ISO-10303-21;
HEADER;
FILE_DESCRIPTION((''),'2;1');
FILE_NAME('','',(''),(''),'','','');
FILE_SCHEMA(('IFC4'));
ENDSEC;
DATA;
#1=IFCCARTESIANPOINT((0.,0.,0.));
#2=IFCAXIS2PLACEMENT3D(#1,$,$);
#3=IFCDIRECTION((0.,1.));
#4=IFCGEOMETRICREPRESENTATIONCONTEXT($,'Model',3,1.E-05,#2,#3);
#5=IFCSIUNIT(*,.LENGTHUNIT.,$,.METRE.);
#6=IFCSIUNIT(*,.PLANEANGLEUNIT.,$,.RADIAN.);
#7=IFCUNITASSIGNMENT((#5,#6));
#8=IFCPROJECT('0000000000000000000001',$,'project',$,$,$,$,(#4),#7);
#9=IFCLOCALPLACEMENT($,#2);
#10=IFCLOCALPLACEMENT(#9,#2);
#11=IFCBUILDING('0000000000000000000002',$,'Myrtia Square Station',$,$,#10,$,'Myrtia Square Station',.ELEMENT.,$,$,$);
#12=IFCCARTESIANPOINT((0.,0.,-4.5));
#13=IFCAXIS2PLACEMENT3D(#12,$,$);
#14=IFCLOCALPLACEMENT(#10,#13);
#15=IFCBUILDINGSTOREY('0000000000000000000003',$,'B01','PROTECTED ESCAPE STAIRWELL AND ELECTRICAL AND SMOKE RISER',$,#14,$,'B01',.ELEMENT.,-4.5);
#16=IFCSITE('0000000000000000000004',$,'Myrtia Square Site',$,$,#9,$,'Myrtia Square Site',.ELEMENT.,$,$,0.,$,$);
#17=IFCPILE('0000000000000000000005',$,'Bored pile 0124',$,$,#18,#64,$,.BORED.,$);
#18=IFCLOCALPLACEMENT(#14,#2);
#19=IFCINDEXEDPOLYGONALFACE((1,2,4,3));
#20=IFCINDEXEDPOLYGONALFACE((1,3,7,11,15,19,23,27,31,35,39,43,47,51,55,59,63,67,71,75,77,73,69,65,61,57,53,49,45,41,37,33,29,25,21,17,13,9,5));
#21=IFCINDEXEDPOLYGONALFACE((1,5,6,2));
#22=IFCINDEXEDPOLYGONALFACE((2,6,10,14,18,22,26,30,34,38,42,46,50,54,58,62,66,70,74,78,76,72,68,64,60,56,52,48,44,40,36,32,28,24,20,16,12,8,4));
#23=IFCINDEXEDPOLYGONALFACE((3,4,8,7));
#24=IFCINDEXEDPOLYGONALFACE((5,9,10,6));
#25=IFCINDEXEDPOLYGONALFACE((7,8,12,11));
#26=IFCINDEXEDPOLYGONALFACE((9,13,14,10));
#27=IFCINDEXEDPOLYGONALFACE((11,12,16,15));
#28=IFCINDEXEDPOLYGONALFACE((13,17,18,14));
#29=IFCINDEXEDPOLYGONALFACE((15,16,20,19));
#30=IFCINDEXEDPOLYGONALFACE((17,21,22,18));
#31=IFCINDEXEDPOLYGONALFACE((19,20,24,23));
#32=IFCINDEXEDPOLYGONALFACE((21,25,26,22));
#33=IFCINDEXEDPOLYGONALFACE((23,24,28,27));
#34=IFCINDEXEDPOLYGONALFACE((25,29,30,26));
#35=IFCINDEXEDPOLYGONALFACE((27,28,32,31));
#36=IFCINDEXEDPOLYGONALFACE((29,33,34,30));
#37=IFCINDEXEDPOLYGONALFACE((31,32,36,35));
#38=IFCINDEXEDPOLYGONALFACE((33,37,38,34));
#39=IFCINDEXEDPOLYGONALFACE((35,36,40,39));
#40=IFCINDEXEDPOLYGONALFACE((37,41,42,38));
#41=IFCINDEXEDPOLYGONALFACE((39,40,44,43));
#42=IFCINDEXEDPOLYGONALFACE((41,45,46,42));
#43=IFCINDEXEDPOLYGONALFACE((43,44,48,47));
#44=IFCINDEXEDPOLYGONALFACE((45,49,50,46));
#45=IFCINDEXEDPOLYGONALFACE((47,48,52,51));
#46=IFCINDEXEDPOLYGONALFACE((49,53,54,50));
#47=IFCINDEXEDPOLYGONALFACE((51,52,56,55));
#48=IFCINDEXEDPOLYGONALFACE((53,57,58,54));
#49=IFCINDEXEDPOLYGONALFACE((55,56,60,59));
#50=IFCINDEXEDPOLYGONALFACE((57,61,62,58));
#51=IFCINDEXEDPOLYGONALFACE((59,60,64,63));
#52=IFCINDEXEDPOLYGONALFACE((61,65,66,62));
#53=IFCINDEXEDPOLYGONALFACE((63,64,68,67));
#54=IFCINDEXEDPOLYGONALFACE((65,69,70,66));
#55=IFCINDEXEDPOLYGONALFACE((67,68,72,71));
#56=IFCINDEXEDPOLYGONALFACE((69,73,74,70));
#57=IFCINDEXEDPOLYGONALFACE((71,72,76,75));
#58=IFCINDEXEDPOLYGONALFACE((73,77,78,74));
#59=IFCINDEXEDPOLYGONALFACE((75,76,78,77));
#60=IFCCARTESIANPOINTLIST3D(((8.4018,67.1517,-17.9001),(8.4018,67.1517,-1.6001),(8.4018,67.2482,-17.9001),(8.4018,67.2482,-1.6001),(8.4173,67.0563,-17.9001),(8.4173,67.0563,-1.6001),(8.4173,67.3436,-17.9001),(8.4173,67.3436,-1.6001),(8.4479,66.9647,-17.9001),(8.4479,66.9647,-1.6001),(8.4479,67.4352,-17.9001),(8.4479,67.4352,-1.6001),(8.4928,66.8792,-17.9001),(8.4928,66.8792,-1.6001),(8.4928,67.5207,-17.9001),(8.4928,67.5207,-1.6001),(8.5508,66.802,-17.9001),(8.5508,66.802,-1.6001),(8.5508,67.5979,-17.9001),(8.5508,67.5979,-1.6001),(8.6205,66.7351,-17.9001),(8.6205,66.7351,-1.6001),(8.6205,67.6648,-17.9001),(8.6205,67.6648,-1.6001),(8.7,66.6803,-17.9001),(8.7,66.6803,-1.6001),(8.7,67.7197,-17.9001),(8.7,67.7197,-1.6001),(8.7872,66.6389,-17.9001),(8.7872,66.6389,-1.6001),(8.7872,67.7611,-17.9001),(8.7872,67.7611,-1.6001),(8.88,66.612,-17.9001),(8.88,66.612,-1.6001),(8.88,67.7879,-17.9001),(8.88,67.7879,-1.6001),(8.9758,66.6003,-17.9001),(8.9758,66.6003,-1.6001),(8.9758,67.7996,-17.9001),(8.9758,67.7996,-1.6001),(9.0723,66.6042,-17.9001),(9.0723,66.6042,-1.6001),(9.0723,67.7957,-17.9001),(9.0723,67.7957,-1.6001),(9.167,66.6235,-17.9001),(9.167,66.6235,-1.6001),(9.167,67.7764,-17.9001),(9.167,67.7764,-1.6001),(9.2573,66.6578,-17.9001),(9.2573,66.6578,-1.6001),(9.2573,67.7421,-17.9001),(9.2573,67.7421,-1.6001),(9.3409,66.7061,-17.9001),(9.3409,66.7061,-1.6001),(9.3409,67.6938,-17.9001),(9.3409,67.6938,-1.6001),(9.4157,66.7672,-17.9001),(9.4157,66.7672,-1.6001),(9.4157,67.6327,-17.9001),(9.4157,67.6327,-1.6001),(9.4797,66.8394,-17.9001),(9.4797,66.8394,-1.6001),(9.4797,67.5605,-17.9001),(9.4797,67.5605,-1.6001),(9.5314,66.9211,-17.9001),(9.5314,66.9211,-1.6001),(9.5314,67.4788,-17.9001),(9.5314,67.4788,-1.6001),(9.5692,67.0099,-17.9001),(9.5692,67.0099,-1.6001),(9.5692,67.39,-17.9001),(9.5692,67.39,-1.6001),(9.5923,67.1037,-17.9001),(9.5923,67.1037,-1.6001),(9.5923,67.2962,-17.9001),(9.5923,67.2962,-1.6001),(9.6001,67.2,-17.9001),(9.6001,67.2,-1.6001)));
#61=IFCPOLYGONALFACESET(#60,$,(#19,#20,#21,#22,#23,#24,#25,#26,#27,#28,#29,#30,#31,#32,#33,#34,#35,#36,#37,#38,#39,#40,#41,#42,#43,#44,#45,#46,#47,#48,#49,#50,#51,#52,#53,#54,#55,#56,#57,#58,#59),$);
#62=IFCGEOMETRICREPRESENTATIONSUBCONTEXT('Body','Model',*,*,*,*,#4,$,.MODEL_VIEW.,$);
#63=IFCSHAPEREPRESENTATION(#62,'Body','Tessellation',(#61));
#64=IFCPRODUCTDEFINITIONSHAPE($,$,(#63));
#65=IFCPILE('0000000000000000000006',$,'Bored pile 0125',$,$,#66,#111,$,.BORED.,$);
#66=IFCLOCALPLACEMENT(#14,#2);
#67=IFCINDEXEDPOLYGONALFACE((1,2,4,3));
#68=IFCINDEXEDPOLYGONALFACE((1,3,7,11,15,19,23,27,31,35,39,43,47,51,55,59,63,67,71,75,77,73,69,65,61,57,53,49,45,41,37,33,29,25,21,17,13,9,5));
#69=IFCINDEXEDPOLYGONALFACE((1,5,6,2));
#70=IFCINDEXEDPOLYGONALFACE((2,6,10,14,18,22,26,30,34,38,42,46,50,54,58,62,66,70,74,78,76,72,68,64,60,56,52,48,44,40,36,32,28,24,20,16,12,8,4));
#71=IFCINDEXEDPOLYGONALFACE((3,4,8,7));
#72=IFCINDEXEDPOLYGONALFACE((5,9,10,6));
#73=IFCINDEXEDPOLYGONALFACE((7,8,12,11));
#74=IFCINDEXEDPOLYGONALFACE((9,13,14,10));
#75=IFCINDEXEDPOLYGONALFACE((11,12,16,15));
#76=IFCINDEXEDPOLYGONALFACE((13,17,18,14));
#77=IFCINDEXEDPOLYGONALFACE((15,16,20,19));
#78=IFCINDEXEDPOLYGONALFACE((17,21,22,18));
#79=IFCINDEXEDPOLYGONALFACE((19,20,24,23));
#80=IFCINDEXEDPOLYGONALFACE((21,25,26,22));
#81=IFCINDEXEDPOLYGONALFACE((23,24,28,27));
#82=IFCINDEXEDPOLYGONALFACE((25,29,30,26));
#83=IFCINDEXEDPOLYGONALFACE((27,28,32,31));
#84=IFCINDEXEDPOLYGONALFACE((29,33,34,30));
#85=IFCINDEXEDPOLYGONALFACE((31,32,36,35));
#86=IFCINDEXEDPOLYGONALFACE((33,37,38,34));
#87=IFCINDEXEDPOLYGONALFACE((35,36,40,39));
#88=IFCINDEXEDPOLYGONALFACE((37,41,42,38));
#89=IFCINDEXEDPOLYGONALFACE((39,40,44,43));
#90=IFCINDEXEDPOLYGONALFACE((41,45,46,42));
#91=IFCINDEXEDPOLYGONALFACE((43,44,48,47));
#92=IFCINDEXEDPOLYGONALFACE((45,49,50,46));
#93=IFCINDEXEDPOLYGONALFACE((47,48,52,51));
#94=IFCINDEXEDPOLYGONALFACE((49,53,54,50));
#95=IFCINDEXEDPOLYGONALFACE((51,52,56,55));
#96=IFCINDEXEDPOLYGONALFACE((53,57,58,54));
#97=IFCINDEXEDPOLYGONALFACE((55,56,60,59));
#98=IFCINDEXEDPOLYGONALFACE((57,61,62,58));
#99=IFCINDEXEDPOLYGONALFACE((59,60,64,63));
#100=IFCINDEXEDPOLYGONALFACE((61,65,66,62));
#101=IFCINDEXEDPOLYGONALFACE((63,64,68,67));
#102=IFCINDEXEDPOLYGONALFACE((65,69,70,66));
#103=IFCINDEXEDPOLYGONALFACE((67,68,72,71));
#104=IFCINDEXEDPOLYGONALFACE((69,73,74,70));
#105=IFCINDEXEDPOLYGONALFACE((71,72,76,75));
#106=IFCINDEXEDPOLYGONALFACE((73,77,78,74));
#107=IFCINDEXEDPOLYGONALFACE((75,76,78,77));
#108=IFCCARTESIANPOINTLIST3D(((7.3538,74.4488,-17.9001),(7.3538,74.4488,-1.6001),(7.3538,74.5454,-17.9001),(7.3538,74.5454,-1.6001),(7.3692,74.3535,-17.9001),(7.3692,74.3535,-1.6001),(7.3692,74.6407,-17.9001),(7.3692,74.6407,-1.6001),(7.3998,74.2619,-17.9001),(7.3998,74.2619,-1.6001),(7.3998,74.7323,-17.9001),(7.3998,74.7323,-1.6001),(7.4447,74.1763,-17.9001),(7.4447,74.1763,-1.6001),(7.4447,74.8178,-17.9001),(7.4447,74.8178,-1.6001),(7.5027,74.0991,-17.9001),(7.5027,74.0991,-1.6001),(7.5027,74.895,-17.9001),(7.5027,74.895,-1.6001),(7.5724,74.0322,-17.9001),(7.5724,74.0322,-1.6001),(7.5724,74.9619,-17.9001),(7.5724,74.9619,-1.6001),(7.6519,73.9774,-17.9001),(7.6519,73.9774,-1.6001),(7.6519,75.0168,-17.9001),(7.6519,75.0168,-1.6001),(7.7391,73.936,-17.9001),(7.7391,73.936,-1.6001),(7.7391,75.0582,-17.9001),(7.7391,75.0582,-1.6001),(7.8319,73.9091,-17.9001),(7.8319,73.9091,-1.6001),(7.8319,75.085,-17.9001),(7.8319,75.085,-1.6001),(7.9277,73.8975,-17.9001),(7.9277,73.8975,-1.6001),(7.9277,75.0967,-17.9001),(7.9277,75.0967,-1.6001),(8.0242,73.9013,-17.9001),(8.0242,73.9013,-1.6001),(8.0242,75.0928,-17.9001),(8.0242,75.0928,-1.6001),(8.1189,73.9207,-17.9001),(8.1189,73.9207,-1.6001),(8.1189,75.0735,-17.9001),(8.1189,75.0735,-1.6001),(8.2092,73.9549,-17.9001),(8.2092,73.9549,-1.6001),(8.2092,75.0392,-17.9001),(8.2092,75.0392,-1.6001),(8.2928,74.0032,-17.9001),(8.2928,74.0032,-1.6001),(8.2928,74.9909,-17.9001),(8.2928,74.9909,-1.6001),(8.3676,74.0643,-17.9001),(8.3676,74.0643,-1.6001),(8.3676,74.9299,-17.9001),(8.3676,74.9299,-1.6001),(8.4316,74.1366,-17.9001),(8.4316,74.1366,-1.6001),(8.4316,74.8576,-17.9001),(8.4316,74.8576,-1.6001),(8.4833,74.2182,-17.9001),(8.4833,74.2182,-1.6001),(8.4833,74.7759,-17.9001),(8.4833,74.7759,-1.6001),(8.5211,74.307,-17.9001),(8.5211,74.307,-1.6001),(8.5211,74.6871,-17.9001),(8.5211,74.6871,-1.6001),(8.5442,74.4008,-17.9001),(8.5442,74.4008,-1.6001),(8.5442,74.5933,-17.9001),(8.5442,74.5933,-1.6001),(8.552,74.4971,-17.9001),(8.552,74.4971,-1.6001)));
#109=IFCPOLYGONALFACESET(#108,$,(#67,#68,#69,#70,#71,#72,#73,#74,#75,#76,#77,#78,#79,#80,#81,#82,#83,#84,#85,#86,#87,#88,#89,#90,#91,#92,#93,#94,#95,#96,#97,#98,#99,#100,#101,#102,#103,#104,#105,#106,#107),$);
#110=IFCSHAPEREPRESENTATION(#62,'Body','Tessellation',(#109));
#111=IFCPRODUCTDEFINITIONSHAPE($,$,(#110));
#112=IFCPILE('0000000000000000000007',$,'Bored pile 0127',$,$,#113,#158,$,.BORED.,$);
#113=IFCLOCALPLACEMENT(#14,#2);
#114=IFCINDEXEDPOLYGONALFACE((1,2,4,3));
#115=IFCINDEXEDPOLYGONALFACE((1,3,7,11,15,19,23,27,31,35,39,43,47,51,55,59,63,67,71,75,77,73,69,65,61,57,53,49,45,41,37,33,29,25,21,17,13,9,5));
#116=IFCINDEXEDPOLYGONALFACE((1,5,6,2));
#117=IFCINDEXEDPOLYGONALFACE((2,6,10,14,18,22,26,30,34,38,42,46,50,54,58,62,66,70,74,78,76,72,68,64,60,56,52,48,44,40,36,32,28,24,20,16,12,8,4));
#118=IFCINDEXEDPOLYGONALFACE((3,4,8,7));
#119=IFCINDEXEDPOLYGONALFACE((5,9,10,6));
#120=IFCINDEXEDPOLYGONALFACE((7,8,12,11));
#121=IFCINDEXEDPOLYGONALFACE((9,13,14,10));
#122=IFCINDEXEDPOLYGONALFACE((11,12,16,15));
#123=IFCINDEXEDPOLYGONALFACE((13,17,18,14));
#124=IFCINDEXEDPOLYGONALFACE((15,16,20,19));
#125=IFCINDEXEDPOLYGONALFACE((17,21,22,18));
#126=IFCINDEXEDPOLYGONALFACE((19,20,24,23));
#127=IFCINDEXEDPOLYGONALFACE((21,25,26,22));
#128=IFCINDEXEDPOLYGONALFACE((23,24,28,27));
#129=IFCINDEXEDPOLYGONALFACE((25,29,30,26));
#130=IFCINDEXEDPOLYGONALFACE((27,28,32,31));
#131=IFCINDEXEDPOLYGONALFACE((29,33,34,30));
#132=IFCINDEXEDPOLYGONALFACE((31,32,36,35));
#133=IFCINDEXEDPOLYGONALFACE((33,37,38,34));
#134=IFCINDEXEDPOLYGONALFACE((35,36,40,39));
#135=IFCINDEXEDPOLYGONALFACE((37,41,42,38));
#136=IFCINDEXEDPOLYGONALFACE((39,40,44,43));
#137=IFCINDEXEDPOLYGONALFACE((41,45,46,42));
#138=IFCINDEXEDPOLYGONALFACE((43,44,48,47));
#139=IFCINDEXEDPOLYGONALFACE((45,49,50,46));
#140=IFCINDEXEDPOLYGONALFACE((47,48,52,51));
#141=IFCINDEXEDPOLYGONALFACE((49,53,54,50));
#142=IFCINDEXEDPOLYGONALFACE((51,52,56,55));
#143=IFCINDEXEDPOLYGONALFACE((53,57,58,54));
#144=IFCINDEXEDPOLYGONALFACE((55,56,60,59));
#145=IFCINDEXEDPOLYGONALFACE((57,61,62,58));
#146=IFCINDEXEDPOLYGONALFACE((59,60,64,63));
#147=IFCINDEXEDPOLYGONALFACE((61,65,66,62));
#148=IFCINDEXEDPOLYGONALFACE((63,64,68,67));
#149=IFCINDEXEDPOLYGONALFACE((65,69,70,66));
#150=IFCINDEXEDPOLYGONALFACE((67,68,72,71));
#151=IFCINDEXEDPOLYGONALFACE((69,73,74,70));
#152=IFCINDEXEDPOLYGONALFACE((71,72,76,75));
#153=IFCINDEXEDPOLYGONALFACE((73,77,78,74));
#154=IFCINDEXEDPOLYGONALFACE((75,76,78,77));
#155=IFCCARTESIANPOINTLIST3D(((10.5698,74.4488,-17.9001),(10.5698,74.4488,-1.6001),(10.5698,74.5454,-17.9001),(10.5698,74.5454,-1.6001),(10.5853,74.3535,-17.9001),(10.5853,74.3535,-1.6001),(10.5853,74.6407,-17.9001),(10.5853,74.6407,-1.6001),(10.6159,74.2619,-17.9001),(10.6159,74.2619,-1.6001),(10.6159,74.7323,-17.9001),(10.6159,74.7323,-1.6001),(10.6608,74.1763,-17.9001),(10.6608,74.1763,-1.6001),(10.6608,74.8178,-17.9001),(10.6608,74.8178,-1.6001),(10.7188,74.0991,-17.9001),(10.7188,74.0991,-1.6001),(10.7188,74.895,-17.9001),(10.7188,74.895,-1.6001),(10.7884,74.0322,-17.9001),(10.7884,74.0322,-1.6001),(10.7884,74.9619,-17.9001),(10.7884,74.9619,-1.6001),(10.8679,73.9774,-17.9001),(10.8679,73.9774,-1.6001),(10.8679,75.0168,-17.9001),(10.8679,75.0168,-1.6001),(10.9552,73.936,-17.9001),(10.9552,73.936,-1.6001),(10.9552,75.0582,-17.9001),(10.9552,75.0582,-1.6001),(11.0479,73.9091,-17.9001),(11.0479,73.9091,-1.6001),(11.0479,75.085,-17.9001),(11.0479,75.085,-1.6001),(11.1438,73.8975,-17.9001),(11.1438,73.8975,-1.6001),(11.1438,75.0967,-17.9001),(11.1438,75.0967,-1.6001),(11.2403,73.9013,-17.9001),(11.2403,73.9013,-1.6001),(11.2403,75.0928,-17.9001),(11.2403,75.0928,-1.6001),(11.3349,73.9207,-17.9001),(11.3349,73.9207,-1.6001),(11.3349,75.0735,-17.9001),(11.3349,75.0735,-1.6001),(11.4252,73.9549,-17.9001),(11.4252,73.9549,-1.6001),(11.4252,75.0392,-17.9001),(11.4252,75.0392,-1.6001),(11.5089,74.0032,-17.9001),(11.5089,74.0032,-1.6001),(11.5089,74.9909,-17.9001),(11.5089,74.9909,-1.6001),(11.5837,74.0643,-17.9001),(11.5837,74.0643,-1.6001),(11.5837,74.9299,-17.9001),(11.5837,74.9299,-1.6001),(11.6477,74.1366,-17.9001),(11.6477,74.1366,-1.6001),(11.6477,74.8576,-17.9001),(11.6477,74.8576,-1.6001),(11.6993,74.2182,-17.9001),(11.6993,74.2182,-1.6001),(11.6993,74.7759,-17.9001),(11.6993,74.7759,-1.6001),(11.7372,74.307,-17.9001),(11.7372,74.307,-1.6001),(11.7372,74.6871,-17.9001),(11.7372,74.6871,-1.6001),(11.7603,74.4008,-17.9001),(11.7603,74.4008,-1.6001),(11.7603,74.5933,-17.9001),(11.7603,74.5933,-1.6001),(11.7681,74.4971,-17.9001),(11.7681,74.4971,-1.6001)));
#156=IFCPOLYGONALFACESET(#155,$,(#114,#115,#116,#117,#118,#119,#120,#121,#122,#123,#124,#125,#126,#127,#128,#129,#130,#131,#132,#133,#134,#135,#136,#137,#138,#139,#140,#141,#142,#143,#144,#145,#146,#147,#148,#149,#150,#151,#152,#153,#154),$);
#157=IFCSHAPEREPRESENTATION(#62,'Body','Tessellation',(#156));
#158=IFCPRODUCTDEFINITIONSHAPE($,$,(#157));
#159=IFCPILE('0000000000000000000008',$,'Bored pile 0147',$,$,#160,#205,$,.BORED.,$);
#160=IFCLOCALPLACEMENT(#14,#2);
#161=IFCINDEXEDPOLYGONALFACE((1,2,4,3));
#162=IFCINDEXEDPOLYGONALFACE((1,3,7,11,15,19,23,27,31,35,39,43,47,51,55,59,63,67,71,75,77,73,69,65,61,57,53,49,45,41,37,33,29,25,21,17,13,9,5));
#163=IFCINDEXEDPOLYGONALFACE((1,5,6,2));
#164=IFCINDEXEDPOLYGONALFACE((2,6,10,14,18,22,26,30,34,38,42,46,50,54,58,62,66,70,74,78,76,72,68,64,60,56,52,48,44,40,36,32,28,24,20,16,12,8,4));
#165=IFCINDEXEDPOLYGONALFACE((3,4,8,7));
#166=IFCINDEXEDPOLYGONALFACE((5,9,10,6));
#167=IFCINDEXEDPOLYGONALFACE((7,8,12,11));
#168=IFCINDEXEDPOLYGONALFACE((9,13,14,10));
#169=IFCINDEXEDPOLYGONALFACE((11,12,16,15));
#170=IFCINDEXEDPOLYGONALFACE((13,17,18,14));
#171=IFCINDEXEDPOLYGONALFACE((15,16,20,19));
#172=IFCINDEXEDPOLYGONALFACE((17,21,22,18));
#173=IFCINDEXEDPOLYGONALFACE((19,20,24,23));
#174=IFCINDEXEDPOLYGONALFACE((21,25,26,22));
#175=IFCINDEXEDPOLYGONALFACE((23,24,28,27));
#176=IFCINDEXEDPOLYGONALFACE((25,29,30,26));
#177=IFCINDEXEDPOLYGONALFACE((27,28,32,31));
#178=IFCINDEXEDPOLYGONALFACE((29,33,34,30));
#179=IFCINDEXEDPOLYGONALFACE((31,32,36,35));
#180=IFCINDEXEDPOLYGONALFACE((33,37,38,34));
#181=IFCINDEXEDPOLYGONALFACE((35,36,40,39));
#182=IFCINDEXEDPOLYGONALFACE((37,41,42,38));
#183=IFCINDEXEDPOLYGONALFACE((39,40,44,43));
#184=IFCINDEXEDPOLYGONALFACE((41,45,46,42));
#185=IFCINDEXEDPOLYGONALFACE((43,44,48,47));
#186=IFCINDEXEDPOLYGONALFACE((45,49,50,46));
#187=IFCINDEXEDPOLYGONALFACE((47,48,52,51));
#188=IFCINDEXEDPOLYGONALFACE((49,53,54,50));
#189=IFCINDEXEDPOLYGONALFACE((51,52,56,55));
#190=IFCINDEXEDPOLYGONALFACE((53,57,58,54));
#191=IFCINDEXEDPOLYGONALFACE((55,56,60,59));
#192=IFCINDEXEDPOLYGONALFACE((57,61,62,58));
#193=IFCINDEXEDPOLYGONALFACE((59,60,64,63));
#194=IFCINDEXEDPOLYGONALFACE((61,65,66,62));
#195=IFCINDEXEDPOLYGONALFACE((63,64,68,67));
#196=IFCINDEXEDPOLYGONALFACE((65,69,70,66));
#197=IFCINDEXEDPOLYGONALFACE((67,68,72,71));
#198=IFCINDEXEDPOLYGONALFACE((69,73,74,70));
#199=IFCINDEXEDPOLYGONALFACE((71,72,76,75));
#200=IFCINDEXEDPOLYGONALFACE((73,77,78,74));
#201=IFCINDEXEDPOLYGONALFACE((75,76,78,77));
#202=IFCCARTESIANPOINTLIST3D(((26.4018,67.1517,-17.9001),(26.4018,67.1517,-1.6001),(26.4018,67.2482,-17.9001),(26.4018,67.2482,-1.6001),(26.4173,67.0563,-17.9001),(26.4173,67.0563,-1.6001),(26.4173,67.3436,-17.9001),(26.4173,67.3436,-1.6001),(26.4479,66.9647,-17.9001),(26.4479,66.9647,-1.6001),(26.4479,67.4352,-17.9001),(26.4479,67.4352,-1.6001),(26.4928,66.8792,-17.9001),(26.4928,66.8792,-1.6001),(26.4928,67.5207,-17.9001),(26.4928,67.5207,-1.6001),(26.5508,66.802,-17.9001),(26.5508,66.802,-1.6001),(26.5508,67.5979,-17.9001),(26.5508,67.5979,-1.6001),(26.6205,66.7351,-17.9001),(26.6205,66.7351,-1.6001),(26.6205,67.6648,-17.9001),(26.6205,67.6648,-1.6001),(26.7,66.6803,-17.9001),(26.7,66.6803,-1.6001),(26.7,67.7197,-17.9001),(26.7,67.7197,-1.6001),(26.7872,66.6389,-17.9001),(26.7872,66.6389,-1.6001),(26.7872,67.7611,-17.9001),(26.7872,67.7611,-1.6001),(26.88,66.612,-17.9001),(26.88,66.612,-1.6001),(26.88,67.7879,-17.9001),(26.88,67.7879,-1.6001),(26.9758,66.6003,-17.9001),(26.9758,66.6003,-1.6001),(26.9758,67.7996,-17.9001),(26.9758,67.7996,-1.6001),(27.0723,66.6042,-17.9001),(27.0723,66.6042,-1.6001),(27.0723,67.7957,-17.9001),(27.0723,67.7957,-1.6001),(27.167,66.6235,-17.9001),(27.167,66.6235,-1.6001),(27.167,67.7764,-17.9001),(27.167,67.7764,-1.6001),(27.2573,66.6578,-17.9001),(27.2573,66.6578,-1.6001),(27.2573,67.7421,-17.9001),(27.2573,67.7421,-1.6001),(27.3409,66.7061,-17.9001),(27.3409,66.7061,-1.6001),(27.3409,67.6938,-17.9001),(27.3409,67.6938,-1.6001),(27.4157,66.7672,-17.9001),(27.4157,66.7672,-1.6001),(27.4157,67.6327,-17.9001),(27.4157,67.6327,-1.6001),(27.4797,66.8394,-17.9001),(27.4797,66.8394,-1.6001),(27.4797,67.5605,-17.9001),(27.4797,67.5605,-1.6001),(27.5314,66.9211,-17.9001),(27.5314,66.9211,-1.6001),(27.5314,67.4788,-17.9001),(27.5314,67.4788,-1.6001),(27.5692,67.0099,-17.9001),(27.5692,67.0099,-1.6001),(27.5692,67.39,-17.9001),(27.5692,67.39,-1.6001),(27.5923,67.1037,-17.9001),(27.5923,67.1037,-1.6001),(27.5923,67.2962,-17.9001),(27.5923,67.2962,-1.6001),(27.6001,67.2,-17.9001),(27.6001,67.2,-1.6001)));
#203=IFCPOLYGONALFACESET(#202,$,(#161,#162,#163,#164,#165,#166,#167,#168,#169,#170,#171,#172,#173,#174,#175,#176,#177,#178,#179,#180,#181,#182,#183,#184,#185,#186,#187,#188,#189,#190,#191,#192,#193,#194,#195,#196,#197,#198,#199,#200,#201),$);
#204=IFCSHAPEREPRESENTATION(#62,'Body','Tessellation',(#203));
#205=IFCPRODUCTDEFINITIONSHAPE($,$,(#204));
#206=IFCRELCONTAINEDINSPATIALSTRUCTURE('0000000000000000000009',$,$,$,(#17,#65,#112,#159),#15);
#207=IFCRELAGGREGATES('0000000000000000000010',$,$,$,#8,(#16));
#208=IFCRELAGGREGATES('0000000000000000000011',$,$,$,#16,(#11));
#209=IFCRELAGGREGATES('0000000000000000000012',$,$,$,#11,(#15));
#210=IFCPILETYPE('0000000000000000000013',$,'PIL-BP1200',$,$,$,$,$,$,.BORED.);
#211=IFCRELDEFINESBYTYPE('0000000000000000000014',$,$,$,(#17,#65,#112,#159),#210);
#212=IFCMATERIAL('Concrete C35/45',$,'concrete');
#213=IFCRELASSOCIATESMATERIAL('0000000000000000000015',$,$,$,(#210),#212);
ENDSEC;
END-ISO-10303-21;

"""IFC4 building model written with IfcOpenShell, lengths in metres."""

from ifc_helpers import new_model, si_unit, direction, frame, origin, origin_2d, place, context, subcontext, project, spatial, circle, extrude, material, material_profile, profile_set, type_object, element, save


model = new_model("IFC4")

# Units and contexts
model_context = context("Model", 3, precision=1e-05, world=origin(), true_north=direction((0.0, 1.0)))
body_context = subcontext(model_context, "Body", "Model", "MODEL_VIEW")
ifc_project = project(units=[si_unit("LENGTHUNIT", "METRE"), si_unit("PLANEANGLEUNIT", "RADIAN")], contexts=[model_context])

# Site, building, storey
site_placement = place(None, origin())
site = spatial("IfcSite", under=ifc_project, at=site_placement, Name="Myrtia Square Site", LongName="Myrtia Square Site", CompositionType="ELEMENT", RefElevation=0.0)
building_placement = place(site_placement, origin())
building = spatial("IfcBuilding", under=site, at=building_placement, Name="Myrtia Square Station", LongName="Myrtia Square Station", CompositionType="ELEMENT")
storey_placement = place(building_placement, frame((0.0, 0.0, -4.5)))
storey = spatial("IfcBuildingStorey", under=building, at=storey_placement, Name="B01", Description="PROTECTED ESCAPE STAIRWELL AND ELECTRICAL AND SMOKE RISER", LongName="B01", CompositionType="ELEMENT", Elevation=-4.5)

# Shared definitions
ifc_material_1 = material(Name="Concrete C35/45", Category="concrete")

# Piles
ifc_material_profile_1 = material_profile(ifc_material_1, circle(Radius=0.6001, at=origin_2d()), Name="BP D1200")
ifc_profile_set_1 = profile_set([ifc_material_profile_1], Name="Concrete C35/45")
pile_type_1 = type_object("IfcPileType", Name="PIL-BP1200", PredefinedType="BORED", material=ifc_profile_set_1)
for number, where, z_axis, x_axis, name in (
    (1, (9.0, 67.2, -1.6001), (0.0, 0.0, -1.0), (1.0, 0.0, 0.0), "Bored pile 0124"),
    (2, (7.9519, 74.4971, -1.6001), (0.0, 0.0, -1.0), (1.0, 0.0, 0.0), "Bored pile 0125"),
    (3, (11.168, 74.4971, -1.6001), (0.0, 0.0, -1.0), (1.0, 0.0, 0.0), "Bored pile 0127"),
    (4, (27.0, 67.2, -1.6001), (0.0, 0.0, -1.0), (1.0, 0.0, 0.0), "Bored pile 0147"),
):
    element("IfcPile", number, at=place(storey_placement, frame(where, z_axis=z_axis, x_axis=x_axis)), inside=storey, type_object=pile_type_1, Name=name, PredefinedType="BORED", context=body_context, shape_type="SweptSolid", body=[
        extrude(circle(Radius=0.6001, at=origin_2d()), origin(), (0.0, 0.0, 1.0), 16.3),
    ])

save(model, "model.ifc")
